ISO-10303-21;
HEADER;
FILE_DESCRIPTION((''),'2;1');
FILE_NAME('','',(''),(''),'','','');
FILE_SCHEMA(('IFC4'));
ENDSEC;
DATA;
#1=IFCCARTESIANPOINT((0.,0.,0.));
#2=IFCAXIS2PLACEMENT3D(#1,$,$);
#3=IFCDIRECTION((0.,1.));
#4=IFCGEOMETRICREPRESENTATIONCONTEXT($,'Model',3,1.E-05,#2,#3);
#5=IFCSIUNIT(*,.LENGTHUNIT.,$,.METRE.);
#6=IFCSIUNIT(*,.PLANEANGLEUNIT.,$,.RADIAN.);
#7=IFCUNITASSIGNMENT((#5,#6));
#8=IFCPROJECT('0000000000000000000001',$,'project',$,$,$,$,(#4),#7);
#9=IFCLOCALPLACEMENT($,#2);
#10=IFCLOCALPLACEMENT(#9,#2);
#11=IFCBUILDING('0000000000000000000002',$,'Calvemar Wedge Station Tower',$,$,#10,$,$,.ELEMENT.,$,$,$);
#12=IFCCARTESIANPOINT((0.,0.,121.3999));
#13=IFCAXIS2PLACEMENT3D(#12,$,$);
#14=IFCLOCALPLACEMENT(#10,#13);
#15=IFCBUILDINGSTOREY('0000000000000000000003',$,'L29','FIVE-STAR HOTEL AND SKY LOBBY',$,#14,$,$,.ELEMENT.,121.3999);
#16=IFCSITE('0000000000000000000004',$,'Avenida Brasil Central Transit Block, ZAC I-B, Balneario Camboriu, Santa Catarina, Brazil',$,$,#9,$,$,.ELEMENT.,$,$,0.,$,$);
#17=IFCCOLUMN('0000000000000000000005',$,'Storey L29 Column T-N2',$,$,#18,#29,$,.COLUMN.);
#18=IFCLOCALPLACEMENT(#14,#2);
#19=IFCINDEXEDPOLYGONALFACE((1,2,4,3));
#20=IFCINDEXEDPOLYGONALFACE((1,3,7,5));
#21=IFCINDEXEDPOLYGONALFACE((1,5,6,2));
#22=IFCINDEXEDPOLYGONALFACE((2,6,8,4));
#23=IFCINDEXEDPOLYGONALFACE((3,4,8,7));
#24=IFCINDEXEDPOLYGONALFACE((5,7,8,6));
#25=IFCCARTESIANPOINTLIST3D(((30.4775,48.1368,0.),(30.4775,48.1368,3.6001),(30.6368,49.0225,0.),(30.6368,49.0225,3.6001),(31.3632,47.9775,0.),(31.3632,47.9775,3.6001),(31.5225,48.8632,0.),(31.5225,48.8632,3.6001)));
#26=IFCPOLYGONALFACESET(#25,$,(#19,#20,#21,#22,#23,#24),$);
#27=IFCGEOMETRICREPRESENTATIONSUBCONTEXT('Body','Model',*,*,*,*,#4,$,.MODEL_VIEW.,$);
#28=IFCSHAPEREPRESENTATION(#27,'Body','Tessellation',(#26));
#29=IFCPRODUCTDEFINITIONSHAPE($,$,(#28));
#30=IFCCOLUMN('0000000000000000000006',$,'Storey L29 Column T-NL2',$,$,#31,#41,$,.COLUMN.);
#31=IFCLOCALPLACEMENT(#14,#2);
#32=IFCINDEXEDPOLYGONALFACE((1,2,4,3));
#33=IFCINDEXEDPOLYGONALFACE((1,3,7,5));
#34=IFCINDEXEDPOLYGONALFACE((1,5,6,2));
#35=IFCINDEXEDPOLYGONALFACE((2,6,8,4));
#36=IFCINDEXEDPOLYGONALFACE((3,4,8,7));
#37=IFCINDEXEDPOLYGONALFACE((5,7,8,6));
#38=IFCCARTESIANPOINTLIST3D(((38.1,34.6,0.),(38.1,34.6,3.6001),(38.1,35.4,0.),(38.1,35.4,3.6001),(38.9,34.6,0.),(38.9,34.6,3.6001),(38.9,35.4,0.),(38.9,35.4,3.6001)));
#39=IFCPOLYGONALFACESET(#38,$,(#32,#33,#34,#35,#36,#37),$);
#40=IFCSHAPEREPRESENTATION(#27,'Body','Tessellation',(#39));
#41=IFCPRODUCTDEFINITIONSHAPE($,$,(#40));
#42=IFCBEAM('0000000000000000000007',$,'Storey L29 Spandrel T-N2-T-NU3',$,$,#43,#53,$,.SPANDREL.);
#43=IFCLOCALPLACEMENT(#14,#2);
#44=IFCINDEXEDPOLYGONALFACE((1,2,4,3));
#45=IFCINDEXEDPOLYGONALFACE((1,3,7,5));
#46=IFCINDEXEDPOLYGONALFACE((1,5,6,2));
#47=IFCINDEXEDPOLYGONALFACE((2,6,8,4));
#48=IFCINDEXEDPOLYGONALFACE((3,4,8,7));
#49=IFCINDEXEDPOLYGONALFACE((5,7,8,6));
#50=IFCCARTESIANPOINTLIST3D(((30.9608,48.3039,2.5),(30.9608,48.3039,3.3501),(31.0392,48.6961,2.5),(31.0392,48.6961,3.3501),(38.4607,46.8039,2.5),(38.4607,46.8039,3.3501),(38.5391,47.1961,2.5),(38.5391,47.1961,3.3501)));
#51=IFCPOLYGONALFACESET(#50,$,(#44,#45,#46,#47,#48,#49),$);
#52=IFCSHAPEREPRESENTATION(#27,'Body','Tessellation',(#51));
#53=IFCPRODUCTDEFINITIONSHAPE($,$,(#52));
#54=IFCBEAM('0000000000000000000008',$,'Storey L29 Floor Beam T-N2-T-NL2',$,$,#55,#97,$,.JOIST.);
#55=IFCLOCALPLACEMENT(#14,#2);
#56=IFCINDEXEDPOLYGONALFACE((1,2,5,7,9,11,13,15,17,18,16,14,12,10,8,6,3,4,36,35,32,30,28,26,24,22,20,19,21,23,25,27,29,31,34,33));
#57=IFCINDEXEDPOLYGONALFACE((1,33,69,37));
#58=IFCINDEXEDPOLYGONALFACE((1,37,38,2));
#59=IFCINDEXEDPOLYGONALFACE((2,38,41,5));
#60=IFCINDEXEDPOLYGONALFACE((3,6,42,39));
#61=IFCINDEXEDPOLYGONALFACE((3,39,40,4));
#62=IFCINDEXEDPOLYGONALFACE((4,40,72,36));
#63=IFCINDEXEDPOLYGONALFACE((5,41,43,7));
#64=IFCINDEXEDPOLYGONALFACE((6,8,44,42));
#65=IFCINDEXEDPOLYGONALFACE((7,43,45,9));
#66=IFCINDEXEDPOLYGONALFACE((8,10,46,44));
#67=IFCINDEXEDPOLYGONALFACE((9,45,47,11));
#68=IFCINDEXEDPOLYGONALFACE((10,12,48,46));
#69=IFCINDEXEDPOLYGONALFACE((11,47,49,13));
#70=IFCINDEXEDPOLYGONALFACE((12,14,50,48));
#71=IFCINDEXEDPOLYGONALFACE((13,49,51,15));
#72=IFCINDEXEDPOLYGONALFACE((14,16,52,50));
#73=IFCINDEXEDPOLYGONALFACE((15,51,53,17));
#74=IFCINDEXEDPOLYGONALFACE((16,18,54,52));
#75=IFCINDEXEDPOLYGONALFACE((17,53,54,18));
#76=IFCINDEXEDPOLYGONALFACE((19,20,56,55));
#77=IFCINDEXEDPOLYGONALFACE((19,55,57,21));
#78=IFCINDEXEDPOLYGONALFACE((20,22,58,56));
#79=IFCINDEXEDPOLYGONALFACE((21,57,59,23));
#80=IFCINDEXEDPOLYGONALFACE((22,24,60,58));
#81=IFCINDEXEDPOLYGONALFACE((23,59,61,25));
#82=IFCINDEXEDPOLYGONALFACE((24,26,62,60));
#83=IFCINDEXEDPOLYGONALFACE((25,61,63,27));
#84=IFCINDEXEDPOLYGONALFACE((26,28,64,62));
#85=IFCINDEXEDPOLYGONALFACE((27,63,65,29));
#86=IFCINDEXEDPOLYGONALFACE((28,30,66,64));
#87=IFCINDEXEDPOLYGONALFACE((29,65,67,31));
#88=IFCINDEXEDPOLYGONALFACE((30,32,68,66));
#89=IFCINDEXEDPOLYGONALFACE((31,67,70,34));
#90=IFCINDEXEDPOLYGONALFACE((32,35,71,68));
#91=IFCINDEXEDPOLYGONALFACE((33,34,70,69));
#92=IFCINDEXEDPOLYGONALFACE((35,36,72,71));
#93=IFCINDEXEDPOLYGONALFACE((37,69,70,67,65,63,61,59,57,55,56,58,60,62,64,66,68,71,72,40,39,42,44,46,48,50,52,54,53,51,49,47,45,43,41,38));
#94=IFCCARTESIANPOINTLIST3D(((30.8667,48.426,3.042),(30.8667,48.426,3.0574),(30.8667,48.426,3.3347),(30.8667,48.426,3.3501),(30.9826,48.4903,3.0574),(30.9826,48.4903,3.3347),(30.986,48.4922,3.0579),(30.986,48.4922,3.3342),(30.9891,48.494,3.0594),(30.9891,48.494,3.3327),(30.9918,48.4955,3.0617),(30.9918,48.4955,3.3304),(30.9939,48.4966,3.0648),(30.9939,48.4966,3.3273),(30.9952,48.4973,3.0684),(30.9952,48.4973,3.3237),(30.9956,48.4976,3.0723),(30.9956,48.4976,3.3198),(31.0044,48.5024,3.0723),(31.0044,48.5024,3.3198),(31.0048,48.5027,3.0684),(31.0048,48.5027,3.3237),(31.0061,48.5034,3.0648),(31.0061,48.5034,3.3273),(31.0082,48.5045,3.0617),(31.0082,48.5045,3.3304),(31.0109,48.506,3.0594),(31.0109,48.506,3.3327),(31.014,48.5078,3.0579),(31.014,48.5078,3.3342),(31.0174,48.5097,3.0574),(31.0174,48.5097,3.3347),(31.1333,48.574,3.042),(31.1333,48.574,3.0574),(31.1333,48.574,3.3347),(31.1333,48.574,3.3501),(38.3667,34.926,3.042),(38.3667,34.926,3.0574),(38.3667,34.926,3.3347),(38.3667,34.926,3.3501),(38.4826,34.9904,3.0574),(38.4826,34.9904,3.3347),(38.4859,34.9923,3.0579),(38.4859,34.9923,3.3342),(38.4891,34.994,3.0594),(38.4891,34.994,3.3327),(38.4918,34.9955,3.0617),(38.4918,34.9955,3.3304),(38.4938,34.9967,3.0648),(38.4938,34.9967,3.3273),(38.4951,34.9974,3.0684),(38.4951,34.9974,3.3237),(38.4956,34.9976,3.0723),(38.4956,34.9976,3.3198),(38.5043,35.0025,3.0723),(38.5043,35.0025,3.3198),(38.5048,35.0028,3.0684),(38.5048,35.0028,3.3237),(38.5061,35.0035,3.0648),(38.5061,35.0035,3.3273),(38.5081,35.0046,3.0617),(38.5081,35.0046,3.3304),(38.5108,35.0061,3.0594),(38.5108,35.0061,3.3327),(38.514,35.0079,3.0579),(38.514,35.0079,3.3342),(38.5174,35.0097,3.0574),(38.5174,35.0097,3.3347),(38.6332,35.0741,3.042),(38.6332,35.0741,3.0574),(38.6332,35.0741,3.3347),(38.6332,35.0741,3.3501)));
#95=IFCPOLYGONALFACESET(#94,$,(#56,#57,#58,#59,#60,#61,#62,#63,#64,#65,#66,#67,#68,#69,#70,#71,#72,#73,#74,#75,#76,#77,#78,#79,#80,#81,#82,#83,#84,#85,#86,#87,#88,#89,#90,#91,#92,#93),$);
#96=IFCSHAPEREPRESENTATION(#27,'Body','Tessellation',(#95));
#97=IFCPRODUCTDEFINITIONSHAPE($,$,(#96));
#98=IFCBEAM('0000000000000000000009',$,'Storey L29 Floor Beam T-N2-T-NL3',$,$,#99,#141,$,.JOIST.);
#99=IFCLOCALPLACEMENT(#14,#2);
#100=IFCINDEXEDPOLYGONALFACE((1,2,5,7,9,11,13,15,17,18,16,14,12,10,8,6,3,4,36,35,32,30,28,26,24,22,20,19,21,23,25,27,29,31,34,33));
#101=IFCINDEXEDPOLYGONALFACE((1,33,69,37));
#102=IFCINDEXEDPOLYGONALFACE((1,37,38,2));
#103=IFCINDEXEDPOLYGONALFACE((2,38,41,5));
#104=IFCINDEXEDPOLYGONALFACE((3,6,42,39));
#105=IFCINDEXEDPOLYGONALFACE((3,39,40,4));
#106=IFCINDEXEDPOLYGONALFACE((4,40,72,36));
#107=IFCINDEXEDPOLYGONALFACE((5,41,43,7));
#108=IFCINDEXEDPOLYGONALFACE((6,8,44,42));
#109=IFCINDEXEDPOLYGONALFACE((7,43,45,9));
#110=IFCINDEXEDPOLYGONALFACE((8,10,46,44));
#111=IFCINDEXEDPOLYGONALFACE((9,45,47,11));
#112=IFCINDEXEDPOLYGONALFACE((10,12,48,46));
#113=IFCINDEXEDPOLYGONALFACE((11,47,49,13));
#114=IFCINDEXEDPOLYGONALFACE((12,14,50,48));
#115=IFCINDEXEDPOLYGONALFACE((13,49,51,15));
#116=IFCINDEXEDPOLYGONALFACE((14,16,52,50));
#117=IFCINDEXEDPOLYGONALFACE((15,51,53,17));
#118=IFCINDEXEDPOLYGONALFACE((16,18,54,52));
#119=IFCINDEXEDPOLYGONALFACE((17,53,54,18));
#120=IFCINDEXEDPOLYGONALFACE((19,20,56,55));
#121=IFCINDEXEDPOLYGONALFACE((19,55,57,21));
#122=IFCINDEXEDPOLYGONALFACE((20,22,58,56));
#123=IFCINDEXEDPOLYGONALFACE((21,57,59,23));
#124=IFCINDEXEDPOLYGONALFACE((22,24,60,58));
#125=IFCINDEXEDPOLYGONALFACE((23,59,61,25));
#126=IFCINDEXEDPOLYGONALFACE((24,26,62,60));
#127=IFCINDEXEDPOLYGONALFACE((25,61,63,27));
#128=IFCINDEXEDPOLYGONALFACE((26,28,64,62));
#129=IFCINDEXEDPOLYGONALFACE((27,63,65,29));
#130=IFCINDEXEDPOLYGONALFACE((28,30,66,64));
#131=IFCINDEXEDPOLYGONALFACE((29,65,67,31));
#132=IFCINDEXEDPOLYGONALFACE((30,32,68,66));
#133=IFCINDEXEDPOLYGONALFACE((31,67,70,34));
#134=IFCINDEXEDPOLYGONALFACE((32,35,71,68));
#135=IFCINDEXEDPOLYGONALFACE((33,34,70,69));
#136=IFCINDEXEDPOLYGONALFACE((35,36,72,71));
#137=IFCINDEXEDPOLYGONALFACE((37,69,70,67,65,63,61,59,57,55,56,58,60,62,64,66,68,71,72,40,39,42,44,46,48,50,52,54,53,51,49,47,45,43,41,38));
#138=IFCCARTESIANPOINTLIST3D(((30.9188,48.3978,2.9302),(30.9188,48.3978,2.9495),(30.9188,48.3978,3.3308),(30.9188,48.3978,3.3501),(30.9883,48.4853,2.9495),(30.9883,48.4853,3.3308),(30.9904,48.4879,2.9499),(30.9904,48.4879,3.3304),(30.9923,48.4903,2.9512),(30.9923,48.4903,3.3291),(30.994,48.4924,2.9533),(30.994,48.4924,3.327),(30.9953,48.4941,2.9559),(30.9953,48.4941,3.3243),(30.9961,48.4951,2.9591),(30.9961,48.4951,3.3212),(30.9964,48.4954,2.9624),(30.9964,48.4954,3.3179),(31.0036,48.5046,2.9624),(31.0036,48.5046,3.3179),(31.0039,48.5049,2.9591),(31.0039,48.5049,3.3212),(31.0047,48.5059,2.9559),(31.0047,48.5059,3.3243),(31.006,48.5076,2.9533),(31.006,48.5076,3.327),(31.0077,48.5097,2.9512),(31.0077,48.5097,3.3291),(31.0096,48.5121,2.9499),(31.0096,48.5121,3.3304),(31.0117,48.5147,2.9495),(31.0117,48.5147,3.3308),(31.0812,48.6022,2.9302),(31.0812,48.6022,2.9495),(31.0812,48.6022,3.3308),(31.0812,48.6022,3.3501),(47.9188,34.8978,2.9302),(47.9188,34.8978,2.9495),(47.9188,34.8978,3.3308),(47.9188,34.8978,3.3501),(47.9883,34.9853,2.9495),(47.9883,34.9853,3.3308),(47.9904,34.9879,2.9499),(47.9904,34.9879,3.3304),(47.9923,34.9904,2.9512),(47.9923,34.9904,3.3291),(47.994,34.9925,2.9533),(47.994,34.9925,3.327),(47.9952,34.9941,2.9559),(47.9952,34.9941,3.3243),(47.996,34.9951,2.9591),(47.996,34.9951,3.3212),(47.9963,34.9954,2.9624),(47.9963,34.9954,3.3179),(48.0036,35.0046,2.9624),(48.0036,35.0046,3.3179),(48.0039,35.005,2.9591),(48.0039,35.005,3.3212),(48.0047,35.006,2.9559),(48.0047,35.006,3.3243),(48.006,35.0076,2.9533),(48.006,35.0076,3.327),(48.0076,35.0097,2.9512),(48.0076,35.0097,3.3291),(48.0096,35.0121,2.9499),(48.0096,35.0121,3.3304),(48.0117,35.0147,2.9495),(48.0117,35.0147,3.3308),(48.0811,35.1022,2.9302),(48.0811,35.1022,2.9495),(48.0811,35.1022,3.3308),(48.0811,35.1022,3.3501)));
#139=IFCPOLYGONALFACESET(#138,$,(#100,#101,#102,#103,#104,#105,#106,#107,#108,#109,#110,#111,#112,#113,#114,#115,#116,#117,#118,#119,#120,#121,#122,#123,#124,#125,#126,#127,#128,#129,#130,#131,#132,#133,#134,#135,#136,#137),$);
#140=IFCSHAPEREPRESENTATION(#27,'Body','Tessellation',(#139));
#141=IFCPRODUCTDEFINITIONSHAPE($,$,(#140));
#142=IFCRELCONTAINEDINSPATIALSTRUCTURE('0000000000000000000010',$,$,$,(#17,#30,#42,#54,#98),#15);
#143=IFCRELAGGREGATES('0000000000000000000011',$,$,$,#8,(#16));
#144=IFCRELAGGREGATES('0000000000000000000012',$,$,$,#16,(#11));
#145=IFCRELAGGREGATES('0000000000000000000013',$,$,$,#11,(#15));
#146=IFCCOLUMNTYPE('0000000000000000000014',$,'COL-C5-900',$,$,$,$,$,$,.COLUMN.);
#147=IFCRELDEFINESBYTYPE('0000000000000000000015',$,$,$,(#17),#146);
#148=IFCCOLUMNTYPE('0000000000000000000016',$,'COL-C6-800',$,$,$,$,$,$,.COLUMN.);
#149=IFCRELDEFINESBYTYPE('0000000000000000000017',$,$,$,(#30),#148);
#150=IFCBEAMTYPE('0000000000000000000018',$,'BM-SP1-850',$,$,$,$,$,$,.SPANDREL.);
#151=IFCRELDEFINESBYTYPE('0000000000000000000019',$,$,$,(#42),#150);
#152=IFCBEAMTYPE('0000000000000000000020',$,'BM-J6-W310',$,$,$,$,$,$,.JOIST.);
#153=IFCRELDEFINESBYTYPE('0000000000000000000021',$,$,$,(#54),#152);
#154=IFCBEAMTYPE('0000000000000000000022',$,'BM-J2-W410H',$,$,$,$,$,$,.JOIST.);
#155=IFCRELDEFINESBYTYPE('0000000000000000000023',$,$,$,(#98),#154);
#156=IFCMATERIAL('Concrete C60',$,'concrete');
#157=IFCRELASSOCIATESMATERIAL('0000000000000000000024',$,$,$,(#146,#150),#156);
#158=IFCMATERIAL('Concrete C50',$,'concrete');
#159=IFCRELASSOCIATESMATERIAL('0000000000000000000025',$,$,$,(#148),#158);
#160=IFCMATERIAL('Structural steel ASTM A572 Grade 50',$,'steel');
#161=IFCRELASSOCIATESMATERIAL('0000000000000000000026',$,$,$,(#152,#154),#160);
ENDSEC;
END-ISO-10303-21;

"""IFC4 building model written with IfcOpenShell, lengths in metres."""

from ifc_helpers import new_model, si_unit, direction, frame, origin, origin_2d, place, context, subcontext, project, spatial, rectangle, i_section, extrude, source, transform, mapped, material, material_profile, profile_set, type_object, element, save


model = new_model("IFC4")

# Units and contexts
model_context = context("Model", 3, precision=1e-05, world=origin(), true_north=direction((0.0, 1.0)))
body_context = subcontext(model_context, "Body", "Model", "MODEL_VIEW")
ifc_project = project(units=[si_unit("LENGTHUNIT", "METRE"), si_unit("PLANEANGLEUNIT", "RADIAN")], contexts=[model_context])

# Site, building, storey
site_placement = place(None, origin())
site = spatial("IfcSite", under=ifc_project, at=site_placement, Name="Avenida Brasil Central Transit Block, ZAC I-B, Balneario Camboriu, Santa Catarina, Brazil", CompositionType="ELEMENT", RefElevation=0.0)
building_placement = place(site_placement, origin())
building = spatial("IfcBuilding", under=site, at=building_placement, Name="Calvemar Wedge Station Tower", CompositionType="ELEMENT")
storey_placement = place(building_placement, frame((0.0, 0.0, 121.3999)))
storey = spatial("IfcBuildingStorey", under=building, at=storey_placement, Name="L29", Description="FIVE-STAR HOTEL AND SKY LOBBY", CompositionType="ELEMENT", Elevation=121.3999)

# Columns
ifc_material_1 = material(Name="Concrete C60", Category="concrete")
ifc_material_profile_1 = material_profile(ifc_material_1, rectangle(XDim=0.8999, YDim=0.8999, at=origin_2d()), Name="RC900x900")
ifc_profile_set_1 = profile_set([ifc_material_profile_1], Name="Concrete C60")
column_type_1 = type_object("IfcColumnType", Name="COL-C5-900", PredefinedType="COLUMN", material=ifc_profile_set_1)
shared_shape_1 = source(origin(), body_context, "Body", "SweptSolid", [
    extrude(rectangle(XDim=0.8999, YDim=0.8999, at=origin_2d()), origin(), (0.0, 0.0, 1.0), 3.6001),
])
column_1_placement = place(storey_placement, frame((31.0, 48.5, 0.0), z_axis=(0.0, 0.0, 1.0), x_axis=(0.984196, -0.177085, 0.0)))
element("IfcColumn", 1, at=column_1_placement, inside=storey, type_object=column_type_1, Name="Storey L29 Column T-N2", PredefinedType="COLUMN", context=body_context, shape_type="MappedRepresentation", body=[
    mapped(shared_shape_1, transform((0.0, 0.0, 0.0), scale=1.0)),
])
ifc_material_2 = material(Name="Concrete C50", Category="concrete")
ifc_material_profile_2 = material_profile(ifc_material_2, rectangle(XDim=0.8, YDim=0.8, at=origin_2d()), Name="RC800x800")
ifc_profile_set_2 = profile_set([ifc_material_profile_2], Name="Concrete C50")
column_type_2 = type_object("IfcColumnType", Name="COL-C6-800", PredefinedType="COLUMN", material=ifc_profile_set_2)
shared_shape_2 = source(origin(), body_context, "Body", "SweptSolid", [
    extrude(rectangle(XDim=0.8, YDim=0.8, at=origin_2d()), origin(), (0.0, 0.0, 1.0), 3.6001),
])
column_2_placement = place(storey_placement, frame((38.5, 35.0, 0.0), z_axis=(0.0, 0.0, 1.0), x_axis=(1.0, 0.0, 0.0)))
element("IfcColumn", 2, at=column_2_placement, inside=storey, type_object=column_type_2, Name="Storey L29 Column T-NL2", PredefinedType="COLUMN", context=body_context, shape_type="MappedRepresentation", body=[
    mapped(shared_shape_2, transform((0.0, 0.0, 0.0), scale=1.0)),
])

# Beams
ifc_material_profile_3 = material_profile(ifc_material_1, rectangle(XDim=0.3999, YDim=0.8501, at=origin_2d()), Name="RC400x850")
ifc_profile_set_3 = profile_set([ifc_material_profile_3], Name="Concrete C60")
beam_type_1 = type_object("IfcBeamType", Name="BM-SP1-850", PredefinedType="SPANDREL", material=ifc_profile_set_3)
shared_shape_3 = source(origin(), body_context, "Body", "SweptSolid", [
    extrude(rectangle(XDim=0.3999, YDim=0.8501, at=origin_2d()), origin(), (0.0, 0.0, 1.0), 7.6484),
])
beam_1_placement = place(storey_placement, frame((31.0, 48.5, 2.925), z_axis=(0.980581, -0.196116, 0.0), x_axis=(0.196116, 0.980581, 0.0)))
element("IfcBeam", 3, at=beam_1_placement, inside=storey, type_object=beam_type_1, Name="Storey L29 Spandrel T-N2-T-NU3", PredefinedType="SPANDREL", context=body_context, shape_type="MappedRepresentation", body=[
    mapped(shared_shape_3, transform((0.0, 0.0, 0.0), scale=1.0)),
])
ifc_material_3 = material(Name="Structural steel ASTM A572 Grade 50", Category="steel")
ifc_material_profile_4 = material_profile(ifc_material_3, i_section(OverallWidth=0.3049, OverallDepth=0.3081, WebThickness=0.01, FlangeThickness=0.0154, FilletRadius=0.0149, at=origin_2d()), Name="W310x97")
ifc_profile_set_4 = profile_set([ifc_material_profile_4], Name="Structural steel ASTM A572 Grade 50")
beam_type_2 = type_object("IfcBeamType", Name="BM-J6-W310", PredefinedType="JOIST", material=ifc_profile_set_4)
shared_shape_4 = source(origin(), body_context, "Body", "SweptSolid", [
    extrude(i_section(OverallWidth=0.3049, OverallDepth=0.3081, WebThickness=0.01, FlangeThickness=0.0154, FilletRadius=0.0149, at=origin_2d()), origin(), (0.0, 0.0, 1.0), 15.4434),
])
beam_2_placement = place(storey_placement, frame((31.0, 48.5, 3.196), z_axis=(0.485643, -0.874157, 0.0), x_axis=(0.874157, 0.485643, 0.0)))
element("IfcBeam", 4, at=beam_2_placement, inside=storey, type_object=beam_type_2, Name="Storey L29 Floor Beam T-N2-T-NL2", PredefinedType="JOIST", context=body_context, shape_type="MappedRepresentation", body=[
    mapped(shared_shape_4, transform((0.0, 0.0, 0.0), scale=1.0)),
])
ifc_material_profile_5 = material_profile(ifc_material_3, i_section(OverallWidth=0.261, OverallDepth=0.4199, WebThickness=0.0117, FlangeThickness=0.0193, FilletRadius=0.0129, at=origin_2d()), Name="W410x114")
ifc_profile_set_5 = profile_set([ifc_material_profile_5], Name="Structural steel ASTM A572 Grade 50")
beam_type_3 = type_object("IfcBeamType", Name="BM-J2-W410H", PredefinedType="JOIST", material=ifc_profile_set_5)
shared_shape_5 = source(origin(), body_context, "Body", "SweptSolid", [
    extrude(i_section(OverallWidth=0.261, OverallDepth=0.4199, WebThickness=0.0117, FlangeThickness=0.0193, FilletRadius=0.0129, at=origin_2d()), origin(), (0.0, 0.0, 1.0), 21.7083),
])
beam_3_placement = place(storey_placement, frame((31.0, 48.5, 3.1401), z_axis=(0.783111, -0.621882, 0.0), x_axis=(0.621882, 0.783111, 0.0)))
element("IfcBeam", 5, at=beam_3_placement, inside=storey, type_object=beam_type_3, Name="Storey L29 Floor Beam T-N2-T-NL3", PredefinedType="JOIST", context=body_context, shape_type="MappedRepresentation", body=[
    mapped(shared_shape_5, transform((0.0, 0.0, 0.0), scale=1.0)),
])

save(model, "model.ifc")
